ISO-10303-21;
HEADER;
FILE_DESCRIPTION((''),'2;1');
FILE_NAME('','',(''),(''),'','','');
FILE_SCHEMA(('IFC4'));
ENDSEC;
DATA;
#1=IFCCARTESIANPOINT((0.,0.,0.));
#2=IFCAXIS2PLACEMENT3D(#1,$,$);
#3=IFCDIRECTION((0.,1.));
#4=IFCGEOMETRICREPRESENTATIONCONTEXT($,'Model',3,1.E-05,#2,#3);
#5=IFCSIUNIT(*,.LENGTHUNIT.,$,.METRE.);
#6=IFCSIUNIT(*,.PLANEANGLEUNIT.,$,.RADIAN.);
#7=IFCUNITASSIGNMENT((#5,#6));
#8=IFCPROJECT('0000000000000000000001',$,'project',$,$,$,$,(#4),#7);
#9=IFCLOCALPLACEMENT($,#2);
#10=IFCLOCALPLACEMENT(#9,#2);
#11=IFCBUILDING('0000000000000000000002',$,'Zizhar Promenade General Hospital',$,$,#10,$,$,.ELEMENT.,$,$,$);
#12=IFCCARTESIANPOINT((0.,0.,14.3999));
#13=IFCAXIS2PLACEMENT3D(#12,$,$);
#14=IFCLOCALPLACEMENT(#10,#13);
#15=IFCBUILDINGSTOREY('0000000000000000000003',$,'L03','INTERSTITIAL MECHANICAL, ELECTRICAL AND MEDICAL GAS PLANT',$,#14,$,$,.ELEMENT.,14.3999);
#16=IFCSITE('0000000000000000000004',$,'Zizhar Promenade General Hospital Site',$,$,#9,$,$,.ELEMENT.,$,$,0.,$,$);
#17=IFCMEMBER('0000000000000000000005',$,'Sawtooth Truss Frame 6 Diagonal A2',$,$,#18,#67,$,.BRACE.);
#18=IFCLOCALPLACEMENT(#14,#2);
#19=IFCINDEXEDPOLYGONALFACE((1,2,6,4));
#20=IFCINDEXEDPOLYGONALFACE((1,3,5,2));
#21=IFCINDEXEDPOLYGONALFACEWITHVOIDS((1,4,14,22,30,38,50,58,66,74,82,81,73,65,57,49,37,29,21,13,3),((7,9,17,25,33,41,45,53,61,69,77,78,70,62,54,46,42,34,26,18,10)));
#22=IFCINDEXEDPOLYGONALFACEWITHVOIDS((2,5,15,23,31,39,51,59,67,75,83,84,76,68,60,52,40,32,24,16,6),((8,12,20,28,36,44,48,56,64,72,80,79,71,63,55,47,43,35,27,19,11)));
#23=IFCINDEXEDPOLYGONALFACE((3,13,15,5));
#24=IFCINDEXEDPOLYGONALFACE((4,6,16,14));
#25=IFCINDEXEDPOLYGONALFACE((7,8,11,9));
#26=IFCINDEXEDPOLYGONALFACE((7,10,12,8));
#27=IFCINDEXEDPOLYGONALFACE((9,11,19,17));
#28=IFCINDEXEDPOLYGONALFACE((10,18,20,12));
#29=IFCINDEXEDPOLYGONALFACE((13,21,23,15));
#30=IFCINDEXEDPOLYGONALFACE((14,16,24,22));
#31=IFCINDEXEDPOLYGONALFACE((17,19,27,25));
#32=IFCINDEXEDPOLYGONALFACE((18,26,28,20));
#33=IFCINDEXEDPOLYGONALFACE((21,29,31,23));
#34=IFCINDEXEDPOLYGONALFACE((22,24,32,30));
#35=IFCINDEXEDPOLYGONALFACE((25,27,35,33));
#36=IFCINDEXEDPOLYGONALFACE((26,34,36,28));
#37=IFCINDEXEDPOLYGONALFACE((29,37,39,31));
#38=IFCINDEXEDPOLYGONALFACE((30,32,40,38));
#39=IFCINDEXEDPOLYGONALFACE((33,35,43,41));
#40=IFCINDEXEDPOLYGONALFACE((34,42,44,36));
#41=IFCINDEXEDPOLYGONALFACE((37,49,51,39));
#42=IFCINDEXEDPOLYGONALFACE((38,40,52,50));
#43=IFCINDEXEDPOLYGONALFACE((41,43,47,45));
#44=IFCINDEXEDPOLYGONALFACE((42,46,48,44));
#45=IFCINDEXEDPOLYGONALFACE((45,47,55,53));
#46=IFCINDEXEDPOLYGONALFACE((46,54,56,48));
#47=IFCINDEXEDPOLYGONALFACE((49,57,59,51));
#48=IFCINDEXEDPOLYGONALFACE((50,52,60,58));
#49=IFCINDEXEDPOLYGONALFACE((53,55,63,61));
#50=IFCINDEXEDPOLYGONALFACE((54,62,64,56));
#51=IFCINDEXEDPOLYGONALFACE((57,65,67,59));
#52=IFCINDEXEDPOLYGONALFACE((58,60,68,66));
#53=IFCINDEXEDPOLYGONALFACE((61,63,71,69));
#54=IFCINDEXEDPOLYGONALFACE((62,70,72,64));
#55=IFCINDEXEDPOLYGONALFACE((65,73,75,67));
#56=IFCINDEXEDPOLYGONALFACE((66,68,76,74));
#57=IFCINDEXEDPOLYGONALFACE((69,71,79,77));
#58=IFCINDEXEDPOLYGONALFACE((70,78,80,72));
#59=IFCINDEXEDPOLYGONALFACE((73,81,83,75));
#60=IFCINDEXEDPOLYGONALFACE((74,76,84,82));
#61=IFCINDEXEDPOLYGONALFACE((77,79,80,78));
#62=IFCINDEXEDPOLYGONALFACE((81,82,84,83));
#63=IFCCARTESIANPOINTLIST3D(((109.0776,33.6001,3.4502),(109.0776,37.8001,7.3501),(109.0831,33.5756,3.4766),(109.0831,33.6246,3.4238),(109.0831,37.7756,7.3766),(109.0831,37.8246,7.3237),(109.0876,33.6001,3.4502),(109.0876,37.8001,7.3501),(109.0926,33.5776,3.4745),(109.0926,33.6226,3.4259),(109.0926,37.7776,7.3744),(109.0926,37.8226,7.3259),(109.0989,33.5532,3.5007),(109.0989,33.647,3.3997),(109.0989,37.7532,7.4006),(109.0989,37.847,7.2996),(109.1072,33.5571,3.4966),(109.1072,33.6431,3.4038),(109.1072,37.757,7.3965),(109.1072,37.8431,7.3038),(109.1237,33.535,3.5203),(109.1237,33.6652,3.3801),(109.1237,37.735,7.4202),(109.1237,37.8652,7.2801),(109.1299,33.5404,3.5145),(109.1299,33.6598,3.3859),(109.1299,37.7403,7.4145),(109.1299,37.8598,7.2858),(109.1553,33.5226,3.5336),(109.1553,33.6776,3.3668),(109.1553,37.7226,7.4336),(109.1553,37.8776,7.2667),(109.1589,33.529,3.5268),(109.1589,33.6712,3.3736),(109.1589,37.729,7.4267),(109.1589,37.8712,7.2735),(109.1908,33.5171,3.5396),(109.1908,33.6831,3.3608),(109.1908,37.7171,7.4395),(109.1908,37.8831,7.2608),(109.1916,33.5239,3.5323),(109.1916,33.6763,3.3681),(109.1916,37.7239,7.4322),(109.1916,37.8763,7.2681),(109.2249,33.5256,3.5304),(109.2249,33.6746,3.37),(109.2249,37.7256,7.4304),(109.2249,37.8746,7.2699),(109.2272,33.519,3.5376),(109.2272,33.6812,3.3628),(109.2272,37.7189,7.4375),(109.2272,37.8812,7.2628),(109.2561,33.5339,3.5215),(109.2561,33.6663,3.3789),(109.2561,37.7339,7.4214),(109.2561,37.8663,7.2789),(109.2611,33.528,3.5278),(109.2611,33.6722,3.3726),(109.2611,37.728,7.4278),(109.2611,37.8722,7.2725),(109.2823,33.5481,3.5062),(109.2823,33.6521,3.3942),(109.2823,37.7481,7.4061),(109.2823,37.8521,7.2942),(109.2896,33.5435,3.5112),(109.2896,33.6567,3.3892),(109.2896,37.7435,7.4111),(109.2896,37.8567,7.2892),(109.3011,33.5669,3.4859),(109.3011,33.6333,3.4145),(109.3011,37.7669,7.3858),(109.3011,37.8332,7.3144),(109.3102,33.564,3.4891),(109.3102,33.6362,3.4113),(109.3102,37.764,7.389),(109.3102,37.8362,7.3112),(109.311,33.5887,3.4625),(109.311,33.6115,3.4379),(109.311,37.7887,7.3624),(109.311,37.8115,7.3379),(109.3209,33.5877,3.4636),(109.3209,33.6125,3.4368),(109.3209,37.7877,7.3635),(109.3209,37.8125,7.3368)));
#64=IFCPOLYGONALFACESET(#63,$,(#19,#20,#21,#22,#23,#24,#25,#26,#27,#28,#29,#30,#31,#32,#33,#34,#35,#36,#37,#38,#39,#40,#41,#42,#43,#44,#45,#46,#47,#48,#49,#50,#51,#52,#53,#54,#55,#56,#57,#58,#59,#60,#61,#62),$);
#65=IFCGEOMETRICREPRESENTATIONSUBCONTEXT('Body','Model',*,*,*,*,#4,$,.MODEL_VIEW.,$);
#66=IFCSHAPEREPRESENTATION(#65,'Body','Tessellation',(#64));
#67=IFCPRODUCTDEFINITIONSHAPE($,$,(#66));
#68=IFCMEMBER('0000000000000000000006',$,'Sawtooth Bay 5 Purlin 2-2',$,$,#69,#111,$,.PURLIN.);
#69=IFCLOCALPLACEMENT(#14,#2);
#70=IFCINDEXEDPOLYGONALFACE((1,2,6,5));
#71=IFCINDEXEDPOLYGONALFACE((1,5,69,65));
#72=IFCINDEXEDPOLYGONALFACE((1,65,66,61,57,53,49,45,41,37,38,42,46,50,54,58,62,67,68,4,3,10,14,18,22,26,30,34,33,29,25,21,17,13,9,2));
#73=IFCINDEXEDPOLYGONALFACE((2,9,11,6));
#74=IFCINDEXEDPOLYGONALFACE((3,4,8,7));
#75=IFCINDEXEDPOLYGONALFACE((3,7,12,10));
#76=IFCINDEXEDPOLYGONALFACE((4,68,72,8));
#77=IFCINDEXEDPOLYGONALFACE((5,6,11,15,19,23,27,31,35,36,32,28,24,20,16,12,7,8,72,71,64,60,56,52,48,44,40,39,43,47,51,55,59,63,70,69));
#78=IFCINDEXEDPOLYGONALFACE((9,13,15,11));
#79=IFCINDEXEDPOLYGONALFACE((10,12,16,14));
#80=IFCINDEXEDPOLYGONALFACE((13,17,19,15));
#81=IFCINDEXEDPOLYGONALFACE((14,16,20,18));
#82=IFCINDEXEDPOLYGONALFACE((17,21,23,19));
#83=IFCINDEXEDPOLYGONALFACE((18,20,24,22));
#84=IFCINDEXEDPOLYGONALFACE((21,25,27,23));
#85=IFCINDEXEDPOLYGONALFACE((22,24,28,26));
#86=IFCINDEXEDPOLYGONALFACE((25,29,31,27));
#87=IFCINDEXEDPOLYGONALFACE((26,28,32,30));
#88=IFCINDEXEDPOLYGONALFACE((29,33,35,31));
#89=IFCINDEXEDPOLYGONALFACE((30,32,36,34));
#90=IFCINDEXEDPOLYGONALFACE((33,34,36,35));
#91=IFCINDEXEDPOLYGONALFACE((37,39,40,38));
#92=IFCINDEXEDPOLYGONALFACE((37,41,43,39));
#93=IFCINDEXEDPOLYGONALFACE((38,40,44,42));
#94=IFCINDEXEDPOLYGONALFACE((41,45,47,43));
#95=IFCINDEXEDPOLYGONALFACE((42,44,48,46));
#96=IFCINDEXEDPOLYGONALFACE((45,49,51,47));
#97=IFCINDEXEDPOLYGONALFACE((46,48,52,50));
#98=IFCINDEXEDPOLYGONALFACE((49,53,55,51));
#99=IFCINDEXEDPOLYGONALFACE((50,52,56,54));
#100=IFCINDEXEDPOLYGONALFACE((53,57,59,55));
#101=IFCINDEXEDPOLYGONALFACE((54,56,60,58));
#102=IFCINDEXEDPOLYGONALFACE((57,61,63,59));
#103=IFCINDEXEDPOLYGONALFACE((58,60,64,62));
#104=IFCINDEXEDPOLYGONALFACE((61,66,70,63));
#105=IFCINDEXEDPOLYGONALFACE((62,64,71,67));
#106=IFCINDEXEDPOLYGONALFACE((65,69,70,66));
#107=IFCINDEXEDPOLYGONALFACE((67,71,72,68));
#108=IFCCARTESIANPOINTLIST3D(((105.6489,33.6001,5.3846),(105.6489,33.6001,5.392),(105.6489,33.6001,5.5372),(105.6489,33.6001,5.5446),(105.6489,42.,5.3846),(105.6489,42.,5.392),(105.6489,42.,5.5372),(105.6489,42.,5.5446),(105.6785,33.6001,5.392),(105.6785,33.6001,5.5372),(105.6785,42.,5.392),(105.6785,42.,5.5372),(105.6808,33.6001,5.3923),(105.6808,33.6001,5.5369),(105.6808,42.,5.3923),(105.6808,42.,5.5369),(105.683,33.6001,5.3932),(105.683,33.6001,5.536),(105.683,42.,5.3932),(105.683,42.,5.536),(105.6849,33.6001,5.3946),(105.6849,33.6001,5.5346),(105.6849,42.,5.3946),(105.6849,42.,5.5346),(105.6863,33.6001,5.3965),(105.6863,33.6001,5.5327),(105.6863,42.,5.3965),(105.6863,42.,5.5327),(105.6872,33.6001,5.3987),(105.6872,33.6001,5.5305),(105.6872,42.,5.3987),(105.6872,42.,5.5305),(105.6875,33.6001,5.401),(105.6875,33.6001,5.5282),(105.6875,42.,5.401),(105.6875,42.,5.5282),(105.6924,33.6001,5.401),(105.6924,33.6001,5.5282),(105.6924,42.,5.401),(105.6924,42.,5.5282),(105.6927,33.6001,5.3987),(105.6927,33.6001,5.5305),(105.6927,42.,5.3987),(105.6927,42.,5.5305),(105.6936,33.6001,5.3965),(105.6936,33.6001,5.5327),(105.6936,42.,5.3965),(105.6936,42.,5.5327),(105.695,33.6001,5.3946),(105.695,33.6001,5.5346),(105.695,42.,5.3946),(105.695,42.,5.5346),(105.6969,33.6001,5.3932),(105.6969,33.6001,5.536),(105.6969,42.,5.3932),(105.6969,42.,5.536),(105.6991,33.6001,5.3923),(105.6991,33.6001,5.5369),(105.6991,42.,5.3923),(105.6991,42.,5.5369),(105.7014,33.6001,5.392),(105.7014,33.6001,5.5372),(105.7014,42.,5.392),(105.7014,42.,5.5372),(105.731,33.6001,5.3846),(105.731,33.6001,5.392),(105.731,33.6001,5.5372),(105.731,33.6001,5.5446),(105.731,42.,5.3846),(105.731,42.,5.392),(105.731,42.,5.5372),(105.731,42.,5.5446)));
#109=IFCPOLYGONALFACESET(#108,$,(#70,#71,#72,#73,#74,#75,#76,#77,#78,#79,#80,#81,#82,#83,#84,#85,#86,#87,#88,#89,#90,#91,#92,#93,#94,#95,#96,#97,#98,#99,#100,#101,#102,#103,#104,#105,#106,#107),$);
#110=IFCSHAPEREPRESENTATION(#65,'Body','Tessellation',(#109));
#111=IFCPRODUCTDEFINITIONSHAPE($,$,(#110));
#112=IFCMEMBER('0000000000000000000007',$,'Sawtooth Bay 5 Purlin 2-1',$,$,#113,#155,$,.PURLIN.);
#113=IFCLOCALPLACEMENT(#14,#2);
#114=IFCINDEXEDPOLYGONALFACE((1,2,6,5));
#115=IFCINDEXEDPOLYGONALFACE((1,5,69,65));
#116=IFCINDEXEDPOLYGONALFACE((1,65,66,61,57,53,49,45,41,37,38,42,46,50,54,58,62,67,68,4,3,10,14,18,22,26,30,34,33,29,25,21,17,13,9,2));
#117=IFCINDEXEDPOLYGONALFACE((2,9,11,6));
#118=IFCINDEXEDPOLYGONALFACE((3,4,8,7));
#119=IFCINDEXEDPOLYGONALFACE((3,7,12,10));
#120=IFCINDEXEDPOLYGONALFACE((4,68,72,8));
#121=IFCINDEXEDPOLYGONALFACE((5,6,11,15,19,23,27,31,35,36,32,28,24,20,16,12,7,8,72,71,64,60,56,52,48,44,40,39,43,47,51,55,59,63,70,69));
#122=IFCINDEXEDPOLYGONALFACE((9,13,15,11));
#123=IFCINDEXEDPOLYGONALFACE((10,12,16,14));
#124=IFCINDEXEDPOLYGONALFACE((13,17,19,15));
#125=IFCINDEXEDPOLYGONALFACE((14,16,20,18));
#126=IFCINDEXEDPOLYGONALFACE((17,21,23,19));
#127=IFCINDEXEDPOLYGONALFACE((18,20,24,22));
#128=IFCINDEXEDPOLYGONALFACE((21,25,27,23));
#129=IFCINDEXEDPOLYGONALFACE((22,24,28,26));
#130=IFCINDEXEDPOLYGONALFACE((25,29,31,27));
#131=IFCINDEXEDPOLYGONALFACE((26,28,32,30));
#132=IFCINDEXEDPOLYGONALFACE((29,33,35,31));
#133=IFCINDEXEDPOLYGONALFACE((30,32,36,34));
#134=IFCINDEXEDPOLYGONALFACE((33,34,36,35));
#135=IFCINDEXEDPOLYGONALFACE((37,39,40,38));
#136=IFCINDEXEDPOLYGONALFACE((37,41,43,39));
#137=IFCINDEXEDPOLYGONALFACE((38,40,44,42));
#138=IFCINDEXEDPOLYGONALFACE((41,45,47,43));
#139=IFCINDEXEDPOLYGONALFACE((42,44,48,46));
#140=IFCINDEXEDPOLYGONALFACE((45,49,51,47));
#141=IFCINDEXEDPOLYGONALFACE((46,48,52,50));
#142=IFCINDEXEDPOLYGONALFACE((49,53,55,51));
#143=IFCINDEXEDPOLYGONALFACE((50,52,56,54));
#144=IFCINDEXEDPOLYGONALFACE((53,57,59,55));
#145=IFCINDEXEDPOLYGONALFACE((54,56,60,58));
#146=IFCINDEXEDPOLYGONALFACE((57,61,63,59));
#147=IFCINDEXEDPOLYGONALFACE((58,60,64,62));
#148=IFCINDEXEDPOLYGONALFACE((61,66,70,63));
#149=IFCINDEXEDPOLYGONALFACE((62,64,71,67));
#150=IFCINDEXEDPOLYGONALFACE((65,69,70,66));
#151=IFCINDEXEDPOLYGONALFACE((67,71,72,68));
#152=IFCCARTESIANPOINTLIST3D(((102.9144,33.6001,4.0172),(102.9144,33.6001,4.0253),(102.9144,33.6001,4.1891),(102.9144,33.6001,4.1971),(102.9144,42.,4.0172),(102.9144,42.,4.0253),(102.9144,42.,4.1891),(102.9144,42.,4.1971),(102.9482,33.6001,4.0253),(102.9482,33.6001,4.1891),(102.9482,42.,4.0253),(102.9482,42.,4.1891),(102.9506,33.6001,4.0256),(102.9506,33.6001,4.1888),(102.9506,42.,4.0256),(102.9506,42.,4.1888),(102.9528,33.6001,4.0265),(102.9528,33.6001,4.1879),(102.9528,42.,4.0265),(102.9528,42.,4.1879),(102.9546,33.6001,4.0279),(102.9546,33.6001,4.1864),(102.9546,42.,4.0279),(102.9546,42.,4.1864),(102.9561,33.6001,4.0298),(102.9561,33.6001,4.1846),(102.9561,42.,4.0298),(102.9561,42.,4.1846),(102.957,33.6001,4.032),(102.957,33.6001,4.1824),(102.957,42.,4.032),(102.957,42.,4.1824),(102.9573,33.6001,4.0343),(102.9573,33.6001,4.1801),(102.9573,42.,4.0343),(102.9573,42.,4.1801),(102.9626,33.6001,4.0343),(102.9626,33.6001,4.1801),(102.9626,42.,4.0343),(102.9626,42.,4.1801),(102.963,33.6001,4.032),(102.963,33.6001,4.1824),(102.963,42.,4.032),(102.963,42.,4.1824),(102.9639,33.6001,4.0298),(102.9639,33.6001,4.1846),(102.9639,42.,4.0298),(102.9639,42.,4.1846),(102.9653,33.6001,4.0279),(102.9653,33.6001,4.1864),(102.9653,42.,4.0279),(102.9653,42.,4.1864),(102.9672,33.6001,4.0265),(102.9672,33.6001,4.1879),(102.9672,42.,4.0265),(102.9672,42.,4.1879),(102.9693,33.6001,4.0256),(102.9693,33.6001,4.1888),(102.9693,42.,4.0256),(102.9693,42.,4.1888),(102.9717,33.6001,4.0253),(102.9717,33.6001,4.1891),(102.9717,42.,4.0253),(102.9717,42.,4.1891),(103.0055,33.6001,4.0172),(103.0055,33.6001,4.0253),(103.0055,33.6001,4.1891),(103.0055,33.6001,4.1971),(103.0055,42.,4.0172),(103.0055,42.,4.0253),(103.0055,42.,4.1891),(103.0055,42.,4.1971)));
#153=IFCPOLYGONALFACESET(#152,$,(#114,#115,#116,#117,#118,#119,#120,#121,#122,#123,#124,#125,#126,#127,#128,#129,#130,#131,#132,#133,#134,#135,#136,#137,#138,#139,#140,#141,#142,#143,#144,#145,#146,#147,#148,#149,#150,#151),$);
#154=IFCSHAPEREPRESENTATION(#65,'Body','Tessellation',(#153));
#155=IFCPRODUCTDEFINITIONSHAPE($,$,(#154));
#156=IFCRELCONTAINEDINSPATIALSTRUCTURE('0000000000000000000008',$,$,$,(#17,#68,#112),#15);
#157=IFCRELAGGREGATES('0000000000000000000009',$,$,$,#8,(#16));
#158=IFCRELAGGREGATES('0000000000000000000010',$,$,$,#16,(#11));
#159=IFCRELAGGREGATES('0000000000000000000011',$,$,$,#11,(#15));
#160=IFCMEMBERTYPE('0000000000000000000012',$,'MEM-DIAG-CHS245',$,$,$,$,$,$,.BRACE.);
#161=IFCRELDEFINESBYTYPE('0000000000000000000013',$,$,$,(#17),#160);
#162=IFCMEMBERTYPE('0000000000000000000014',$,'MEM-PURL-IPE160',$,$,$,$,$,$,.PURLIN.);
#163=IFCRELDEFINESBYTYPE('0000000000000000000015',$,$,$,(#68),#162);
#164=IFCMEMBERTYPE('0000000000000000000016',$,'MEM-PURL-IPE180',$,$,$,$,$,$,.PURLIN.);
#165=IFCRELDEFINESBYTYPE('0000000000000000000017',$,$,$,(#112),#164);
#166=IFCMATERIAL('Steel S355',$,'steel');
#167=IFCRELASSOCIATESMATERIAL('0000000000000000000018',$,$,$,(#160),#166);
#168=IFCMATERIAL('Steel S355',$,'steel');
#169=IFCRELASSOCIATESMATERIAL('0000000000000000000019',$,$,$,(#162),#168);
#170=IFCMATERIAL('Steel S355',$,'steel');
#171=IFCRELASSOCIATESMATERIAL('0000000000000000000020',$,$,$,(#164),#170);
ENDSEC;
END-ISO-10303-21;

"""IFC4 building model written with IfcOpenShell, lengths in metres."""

from ifc_helpers import new_model, si_unit, direction, frame, origin, origin_2d, place, context, subcontext, project, spatial, hollow_circle, i_section, extrude, material, material_profile, profile_set, type_object, element, save


model = new_model("IFC4")

# Units and contexts
model_context = context("Model", 3, precision=1e-05, world=origin(), true_north=direction((0.0, 1.0)))
body_context = subcontext(model_context, "Body", "Model", "MODEL_VIEW")
ifc_project = project(units=[si_unit("LENGTHUNIT", "METRE"), si_unit("PLANEANGLEUNIT", "RADIAN")], contexts=[model_context])

# Site, building, storey
site_placement = place(None, origin())
site = spatial("IfcSite", under=ifc_project, at=site_placement, Name="Zizhar Promenade General Hospital Site", CompositionType="ELEMENT", RefElevation=0.0)
building_placement = place(site_placement, origin())
building = spatial("IfcBuilding", under=site, at=building_placement, Name="Zizhar Promenade General Hospital", CompositionType="ELEMENT")
storey_placement = place(building_placement, frame((0.0, 0.0, 14.3999)))
storey = spatial("IfcBuildingStorey", under=building, at=storey_placement, Name="L03", Description="INTERSTITIAL MECHANICAL, ELECTRICAL AND MEDICAL GAS PLANT", CompositionType="ELEMENT", Elevation=14.3999)

# Members
ifc_material_1 = material(Name="Steel S355", Category="steel")
ifc_material_profile_1 = material_profile(ifc_material_1, hollow_circle(Radius=0.1223, WallThickness=0.01, at=origin_2d()))
ifc_profile_set_1 = profile_set([ifc_material_profile_1], Name="Steel S355")
member_type_1 = type_object("IfcMemberType", Name="MEM-DIAG-CHS245", PredefinedType="BRACE", material=ifc_profile_set_1)
member_1_placement = place(storey_placement, frame((109.2, 33.6001, 3.4502), z_axis=(0.0, 0.732798, 0.680446), x_axis=(-1.0, 0.0, 0.0)))
element("IfcMember", 1, at=member_1_placement, inside=storey, type_object=member_type_1, Name="Sawtooth Truss Frame 6 Diagonal A2", PredefinedType="BRACE", context=body_context, shape_type="SweptSolid", body=[
    extrude(hollow_circle(Radius=0.1223, WallThickness=0.01, at=origin_2d()), origin(), (0.0, 0.0, 1.0), 5.7314),
])
ifc_material_2 = material(Name="Steel S355", Category="steel")
ifc_material_profile_2 = material_profile(ifc_material_2, i_section(OverallWidth=0.082, OverallDepth=0.1599, WebThickness=0.0049, FlangeThickness=0.0073, FilletRadius=0.009, at=origin_2d()))
ifc_profile_set_2 = profile_set([ifc_material_profile_2], Name="Steel S355")
member_type_2 = type_object("IfcMemberType", Name="MEM-PURL-IPE160", PredefinedType="PURLIN", material=ifc_profile_set_2)
member_2_placement = place(storey_placement, frame((105.6899, 33.6001, 5.4646), z_axis=(0.0, 1.0, 0.0), x_axis=(-1.0, 0.0, 0.0)))
element("IfcMember", 2, at=member_2_placement, inside=storey, type_object=member_type_2, Name="Sawtooth Bay 5 Purlin 2-2", PredefinedType="PURLIN", context=body_context, shape_type="SweptSolid", body=[
    extrude(i_section(OverallWidth=0.082, OverallDepth=0.1599, WebThickness=0.0049, FlangeThickness=0.0073, FilletRadius=0.009, at=origin_2d()), origin(), (0.0, 0.0, 1.0), 8.3999),
])
ifc_material_3 = material(Name="Steel S355", Category="steel")
ifc_material_profile_3 = material_profile(ifc_material_3, i_section(OverallWidth=0.0911, OverallDepth=0.1799, WebThickness=0.0054, FlangeThickness=0.0081, FilletRadius=0.009, at=origin_2d()))
ifc_profile_set_3 = profile_set([ifc_material_profile_3], Name="Steel S355")
member_type_3 = type_object("IfcMemberType", Name="MEM-PURL-IPE180", PredefinedType="PURLIN", material=ifc_profile_set_3)
member_3_placement = place(storey_placement, frame((102.96, 33.6001, 4.1072), z_axis=(0.0, 1.0, 0.0), x_axis=(-1.0, 0.0, 0.0)))
element("IfcMember", 3, at=member_3_placement, inside=storey, type_object=member_type_3, Name="Sawtooth Bay 5 Purlin 2-1", PredefinedType="PURLIN", context=body_context, shape_type="SweptSolid", body=[
    extrude(i_section(OverallWidth=0.0911, OverallDepth=0.1799, WebThickness=0.0054, FlangeThickness=0.0081, FilletRadius=0.009, at=origin_2d()), origin(), (0.0, 0.0, 1.0), 8.3999),
])

save(model, "model.ifc")
